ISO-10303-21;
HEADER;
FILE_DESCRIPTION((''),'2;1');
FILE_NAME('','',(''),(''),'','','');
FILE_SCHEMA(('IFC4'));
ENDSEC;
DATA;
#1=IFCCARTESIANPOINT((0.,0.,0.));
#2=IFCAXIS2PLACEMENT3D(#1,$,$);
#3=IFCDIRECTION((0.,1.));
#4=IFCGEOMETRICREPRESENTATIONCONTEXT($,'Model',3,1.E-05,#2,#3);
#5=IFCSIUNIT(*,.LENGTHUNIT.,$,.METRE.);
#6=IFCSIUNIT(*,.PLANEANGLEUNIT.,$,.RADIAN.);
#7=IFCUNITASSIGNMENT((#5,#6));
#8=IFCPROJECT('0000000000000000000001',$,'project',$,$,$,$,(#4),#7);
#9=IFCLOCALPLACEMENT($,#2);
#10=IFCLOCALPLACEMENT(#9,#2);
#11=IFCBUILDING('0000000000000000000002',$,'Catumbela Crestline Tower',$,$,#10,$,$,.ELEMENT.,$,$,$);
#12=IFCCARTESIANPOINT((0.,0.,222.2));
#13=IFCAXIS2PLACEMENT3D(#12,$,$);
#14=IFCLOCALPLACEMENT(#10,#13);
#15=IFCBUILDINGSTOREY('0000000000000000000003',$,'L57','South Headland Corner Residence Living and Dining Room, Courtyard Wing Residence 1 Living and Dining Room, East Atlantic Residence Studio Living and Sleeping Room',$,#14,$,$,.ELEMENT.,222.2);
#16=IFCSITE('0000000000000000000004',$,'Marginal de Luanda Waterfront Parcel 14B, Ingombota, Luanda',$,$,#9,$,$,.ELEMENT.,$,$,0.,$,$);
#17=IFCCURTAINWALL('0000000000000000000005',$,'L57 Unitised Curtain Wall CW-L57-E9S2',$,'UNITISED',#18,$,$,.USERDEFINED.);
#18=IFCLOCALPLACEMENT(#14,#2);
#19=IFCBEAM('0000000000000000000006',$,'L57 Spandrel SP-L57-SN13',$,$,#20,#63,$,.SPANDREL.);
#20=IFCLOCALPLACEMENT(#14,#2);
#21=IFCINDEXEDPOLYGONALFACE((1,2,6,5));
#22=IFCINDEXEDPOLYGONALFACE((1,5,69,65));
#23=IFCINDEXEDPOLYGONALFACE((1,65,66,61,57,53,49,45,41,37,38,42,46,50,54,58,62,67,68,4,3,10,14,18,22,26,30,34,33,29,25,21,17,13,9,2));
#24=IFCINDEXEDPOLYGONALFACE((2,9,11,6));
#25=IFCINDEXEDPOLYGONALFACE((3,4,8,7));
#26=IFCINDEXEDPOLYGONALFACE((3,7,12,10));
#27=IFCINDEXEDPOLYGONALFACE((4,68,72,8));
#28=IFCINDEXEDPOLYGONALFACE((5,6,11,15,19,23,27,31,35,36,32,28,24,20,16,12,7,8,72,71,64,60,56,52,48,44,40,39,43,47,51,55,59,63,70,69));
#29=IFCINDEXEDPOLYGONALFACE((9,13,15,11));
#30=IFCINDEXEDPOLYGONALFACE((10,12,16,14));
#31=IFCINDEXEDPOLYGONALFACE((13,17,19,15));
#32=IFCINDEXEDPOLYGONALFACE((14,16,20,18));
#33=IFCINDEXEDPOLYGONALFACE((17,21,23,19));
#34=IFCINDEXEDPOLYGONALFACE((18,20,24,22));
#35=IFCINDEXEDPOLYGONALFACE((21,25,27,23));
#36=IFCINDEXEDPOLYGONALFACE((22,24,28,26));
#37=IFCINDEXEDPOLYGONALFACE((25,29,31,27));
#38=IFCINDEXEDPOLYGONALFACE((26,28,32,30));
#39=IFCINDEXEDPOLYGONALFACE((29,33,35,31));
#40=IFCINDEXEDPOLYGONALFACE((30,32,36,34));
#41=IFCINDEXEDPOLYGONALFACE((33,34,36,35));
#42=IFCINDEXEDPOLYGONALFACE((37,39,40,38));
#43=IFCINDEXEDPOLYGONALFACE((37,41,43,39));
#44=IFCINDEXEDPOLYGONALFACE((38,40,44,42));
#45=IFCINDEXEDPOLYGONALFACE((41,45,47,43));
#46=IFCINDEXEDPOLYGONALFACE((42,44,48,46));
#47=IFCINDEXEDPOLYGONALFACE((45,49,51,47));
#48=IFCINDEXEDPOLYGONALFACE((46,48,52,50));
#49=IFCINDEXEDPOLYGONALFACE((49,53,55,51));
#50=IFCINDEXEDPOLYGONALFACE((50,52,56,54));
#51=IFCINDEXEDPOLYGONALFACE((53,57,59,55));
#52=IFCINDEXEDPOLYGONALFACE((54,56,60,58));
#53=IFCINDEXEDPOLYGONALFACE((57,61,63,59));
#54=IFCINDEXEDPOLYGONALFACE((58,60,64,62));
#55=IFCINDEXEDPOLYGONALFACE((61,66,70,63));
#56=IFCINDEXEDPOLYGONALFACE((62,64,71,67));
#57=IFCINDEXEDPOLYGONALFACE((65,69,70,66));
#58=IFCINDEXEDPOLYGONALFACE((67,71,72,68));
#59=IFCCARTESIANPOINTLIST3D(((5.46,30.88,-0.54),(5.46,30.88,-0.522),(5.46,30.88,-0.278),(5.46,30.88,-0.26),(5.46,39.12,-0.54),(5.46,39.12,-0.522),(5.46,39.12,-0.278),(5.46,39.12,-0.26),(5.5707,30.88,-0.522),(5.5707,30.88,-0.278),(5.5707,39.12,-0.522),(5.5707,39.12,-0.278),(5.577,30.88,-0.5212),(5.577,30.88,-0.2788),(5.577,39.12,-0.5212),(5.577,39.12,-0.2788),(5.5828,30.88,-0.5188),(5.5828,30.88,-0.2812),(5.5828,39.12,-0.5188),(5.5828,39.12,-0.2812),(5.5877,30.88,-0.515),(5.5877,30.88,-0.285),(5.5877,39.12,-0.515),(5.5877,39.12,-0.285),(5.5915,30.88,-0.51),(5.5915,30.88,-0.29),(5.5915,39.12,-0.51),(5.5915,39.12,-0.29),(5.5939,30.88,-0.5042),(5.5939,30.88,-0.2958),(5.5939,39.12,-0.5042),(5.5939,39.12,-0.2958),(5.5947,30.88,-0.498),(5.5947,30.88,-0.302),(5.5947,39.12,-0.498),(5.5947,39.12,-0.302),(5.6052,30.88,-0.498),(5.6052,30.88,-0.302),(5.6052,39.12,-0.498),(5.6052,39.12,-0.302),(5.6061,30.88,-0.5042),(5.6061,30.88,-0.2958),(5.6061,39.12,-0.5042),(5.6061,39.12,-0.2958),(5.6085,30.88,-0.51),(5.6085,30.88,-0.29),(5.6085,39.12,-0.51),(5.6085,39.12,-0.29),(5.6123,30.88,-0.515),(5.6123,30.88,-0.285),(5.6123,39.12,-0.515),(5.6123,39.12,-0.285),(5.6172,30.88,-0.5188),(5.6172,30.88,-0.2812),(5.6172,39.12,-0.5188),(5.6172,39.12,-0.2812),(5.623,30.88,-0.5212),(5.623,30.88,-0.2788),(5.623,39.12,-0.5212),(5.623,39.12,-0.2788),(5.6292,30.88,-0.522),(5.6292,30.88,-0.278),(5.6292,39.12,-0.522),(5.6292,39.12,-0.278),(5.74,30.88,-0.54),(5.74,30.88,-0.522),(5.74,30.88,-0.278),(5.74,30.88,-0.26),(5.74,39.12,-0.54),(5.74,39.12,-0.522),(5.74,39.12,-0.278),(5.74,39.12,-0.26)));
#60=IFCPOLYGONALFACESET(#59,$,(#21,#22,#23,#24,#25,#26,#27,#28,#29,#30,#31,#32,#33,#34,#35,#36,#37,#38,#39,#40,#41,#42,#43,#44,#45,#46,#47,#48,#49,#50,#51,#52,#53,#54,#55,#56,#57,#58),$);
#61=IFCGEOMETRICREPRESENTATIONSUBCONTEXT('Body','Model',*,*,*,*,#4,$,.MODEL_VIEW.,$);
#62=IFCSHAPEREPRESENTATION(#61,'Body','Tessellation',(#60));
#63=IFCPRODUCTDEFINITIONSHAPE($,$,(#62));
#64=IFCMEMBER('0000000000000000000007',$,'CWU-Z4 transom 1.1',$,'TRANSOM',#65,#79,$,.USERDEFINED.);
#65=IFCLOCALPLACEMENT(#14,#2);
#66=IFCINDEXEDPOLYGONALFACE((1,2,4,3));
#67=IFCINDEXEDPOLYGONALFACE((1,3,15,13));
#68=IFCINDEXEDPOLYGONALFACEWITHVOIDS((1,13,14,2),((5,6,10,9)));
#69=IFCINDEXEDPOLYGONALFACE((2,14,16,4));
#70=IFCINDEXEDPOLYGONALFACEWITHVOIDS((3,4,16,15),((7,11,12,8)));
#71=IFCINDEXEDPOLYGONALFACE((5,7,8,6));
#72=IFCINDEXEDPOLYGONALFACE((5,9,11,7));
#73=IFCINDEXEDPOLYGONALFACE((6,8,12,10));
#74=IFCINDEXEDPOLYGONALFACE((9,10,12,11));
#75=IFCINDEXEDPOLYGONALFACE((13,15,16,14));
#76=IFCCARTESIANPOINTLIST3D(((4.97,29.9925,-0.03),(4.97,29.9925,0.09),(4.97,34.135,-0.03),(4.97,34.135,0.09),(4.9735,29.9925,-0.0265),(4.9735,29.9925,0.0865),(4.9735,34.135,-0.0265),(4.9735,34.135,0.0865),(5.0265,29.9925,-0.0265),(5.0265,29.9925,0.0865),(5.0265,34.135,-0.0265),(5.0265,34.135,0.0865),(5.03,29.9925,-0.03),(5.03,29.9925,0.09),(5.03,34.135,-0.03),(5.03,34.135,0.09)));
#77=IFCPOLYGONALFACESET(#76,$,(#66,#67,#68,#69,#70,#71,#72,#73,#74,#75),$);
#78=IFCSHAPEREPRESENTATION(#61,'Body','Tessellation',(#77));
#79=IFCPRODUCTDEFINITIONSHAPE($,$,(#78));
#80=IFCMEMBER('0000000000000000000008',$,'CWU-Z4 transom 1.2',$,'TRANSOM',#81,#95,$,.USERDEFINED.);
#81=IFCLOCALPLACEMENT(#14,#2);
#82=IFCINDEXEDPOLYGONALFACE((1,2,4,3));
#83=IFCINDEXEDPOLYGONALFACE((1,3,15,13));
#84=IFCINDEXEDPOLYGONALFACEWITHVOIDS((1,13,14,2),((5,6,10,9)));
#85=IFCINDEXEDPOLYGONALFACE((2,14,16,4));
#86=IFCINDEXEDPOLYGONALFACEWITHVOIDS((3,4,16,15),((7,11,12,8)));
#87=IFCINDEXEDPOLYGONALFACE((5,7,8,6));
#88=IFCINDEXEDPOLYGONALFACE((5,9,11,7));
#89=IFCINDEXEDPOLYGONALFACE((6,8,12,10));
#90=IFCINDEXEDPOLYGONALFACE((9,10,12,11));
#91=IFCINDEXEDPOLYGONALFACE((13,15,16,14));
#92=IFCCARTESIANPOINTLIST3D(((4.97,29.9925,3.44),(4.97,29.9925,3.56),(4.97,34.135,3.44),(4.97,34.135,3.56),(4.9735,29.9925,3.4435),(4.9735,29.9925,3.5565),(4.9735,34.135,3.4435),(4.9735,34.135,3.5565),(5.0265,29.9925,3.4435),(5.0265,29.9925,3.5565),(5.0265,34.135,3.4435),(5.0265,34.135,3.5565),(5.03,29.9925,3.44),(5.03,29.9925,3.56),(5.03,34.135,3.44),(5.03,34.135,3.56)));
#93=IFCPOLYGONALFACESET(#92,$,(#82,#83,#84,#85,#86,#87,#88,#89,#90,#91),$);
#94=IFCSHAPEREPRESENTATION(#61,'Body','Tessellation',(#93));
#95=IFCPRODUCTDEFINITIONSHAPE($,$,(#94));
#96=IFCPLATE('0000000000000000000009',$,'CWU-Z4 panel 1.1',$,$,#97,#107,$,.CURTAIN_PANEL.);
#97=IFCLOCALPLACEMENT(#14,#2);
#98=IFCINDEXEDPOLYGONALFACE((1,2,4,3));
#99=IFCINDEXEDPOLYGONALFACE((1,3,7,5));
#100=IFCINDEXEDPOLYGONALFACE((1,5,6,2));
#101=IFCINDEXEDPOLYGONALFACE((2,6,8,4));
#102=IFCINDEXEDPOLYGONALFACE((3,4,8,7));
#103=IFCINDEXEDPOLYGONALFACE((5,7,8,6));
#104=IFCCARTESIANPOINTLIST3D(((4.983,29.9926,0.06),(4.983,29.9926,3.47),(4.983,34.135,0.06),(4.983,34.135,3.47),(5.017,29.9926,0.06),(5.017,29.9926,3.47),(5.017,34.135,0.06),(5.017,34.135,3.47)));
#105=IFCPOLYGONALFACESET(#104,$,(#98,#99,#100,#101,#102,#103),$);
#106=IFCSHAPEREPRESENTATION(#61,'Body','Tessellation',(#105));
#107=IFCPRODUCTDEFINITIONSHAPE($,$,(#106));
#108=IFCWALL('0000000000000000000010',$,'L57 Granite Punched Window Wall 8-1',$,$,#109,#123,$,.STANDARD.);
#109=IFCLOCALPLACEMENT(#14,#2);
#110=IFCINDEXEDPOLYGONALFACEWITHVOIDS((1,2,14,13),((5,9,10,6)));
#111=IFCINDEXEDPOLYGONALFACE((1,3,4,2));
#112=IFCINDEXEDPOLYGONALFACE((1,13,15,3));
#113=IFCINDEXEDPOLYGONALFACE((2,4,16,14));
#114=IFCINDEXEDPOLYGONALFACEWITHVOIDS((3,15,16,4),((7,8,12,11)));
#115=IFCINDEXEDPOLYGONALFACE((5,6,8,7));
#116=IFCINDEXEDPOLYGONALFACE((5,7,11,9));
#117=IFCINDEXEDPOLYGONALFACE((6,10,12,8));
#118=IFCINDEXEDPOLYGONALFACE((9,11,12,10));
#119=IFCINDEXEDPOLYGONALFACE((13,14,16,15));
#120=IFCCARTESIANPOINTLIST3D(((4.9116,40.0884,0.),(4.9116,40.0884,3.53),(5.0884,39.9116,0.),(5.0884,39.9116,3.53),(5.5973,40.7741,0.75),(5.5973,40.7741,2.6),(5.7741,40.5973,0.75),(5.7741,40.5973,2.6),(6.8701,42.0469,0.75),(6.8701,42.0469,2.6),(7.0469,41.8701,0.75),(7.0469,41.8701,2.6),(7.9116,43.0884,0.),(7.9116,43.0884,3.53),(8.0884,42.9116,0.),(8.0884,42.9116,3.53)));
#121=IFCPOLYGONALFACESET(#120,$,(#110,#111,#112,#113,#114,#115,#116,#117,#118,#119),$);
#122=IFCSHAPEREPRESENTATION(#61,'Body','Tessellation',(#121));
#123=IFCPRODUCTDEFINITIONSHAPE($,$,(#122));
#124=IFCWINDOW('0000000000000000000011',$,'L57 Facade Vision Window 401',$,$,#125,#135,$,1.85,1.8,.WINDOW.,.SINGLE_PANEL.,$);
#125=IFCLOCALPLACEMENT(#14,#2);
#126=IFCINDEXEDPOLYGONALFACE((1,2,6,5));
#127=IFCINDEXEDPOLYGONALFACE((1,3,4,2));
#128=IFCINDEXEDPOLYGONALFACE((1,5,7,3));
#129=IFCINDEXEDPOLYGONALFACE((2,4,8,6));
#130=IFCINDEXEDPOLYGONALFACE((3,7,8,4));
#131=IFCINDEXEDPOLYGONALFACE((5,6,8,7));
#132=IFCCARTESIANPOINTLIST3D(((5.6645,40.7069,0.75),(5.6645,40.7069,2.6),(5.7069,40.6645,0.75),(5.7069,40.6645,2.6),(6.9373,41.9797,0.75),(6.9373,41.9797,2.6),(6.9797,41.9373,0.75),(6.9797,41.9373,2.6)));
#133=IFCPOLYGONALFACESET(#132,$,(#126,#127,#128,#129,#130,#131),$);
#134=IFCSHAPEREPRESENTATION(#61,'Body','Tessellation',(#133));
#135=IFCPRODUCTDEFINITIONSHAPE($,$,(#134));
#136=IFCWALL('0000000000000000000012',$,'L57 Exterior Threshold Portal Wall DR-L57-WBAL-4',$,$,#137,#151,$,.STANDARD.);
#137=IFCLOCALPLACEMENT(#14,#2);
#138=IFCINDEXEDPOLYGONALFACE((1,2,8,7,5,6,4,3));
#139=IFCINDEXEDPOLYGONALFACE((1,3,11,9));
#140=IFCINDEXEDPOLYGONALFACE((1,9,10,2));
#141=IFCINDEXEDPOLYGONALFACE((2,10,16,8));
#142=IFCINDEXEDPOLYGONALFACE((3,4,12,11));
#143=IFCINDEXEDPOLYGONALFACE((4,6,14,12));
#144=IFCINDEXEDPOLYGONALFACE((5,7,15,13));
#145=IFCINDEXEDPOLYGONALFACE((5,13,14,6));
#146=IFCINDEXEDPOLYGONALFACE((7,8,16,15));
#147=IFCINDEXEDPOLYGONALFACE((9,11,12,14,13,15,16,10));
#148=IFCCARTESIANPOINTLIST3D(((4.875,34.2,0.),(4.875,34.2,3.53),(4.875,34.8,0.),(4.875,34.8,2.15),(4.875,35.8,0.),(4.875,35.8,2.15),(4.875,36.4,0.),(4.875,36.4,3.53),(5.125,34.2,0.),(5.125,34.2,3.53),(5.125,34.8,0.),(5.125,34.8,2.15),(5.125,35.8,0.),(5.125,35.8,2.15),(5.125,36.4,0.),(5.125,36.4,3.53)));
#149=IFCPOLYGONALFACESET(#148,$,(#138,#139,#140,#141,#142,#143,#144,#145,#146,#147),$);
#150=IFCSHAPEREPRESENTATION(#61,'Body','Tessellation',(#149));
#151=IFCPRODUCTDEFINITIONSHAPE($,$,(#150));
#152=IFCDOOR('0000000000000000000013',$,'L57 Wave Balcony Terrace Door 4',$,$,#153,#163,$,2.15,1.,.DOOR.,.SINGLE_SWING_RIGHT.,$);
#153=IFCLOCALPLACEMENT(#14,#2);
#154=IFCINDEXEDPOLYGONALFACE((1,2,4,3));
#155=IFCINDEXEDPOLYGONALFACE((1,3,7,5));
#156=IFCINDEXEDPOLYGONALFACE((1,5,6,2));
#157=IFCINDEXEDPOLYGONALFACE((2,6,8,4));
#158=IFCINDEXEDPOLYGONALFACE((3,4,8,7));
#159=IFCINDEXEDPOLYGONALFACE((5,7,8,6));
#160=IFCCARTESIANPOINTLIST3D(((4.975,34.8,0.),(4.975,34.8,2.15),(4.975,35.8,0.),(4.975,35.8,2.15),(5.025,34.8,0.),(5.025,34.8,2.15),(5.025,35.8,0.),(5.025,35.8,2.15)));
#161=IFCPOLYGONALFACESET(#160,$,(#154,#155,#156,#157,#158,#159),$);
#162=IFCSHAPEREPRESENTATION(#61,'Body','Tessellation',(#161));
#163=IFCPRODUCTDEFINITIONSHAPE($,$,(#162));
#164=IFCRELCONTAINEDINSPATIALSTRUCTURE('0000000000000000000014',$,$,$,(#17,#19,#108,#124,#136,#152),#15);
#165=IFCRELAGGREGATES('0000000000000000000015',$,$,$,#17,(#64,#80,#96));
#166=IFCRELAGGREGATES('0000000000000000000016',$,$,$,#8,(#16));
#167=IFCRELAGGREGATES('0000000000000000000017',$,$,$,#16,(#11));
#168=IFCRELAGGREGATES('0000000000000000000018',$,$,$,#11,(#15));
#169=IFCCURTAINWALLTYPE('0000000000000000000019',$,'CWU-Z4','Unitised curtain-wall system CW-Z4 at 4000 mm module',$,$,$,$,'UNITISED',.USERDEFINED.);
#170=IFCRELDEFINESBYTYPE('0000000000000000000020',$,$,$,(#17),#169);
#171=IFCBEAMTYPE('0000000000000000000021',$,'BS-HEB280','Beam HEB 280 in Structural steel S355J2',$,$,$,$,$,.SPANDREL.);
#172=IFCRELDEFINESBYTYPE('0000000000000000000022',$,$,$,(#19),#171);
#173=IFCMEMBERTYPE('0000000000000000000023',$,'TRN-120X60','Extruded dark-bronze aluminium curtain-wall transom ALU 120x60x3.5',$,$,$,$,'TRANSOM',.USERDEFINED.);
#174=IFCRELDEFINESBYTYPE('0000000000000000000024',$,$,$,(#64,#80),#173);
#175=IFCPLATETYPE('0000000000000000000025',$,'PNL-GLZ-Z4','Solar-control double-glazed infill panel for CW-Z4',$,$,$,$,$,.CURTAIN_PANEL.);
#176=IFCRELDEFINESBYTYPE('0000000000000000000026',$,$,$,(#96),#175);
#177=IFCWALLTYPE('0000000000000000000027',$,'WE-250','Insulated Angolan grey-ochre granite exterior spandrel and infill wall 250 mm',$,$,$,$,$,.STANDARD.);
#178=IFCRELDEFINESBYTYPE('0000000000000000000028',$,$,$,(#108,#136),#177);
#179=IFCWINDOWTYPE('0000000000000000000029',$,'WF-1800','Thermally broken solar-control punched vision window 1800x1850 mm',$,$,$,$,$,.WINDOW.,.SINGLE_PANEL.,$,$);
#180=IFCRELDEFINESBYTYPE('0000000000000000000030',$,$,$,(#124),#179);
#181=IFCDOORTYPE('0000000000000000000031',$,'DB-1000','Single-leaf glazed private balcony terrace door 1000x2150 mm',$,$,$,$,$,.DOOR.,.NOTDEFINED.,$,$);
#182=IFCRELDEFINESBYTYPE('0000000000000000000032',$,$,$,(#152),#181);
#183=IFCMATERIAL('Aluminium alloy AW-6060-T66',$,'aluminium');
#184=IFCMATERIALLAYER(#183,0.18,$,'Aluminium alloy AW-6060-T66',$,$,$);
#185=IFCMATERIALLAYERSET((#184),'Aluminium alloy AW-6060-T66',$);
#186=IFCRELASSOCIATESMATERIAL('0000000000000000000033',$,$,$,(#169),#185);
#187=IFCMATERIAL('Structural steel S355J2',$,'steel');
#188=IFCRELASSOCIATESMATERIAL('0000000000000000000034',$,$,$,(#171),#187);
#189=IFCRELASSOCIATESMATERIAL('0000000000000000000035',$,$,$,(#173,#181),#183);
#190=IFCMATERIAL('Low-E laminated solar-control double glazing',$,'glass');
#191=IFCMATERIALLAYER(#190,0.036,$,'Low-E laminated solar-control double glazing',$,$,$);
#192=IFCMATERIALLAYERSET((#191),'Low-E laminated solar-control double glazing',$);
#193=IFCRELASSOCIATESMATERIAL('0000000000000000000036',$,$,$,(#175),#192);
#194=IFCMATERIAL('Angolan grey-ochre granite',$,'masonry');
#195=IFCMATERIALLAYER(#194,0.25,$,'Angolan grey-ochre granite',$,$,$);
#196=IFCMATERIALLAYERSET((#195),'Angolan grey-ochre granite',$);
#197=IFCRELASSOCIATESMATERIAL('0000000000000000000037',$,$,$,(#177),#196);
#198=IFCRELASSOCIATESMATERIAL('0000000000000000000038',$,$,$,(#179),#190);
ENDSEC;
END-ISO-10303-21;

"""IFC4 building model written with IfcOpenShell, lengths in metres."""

from ifc_helpers import new_model, si_unit, direction, frame, frame_2d, origin, origin_2d, place, context, subcontext, project, spatial, rectangle, hollow_rectangle, i_section, extrude, material, layer, layer_set, material_profile, profile_set, type_object, element, fill, aggregate, save


model = new_model("IFC4")

# Units and contexts
model_context = context("Model", 3, precision=1e-05, world=origin(), true_north=direction((0.0, 1.0)))
body_context = subcontext(model_context, "Body", "Model", "MODEL_VIEW")
ifc_project = project(units=[si_unit("LENGTHUNIT", "METRE"), si_unit("PLANEANGLEUNIT", "RADIAN")], contexts=[model_context])

# Site, building, storey
site_placement = place(None, origin())
site = spatial("IfcSite", under=ifc_project, at=site_placement, Name="Marginal de Luanda Waterfront Parcel 14B, Ingombota, Luanda", CompositionType="ELEMENT", RefElevation=0.0)
building_placement = place(site_placement, origin())
building = spatial("IfcBuilding", under=site, at=building_placement, Name="Catumbela Crestline Tower", CompositionType="ELEMENT")
storey_placement = place(building_placement, frame((0.0, 0.0, 222.2)))
storey = spatial("IfcBuildingStorey", under=building, at=storey_placement, Name="L57", Description="South Headland Corner Residence Living and Dining Room, Courtyard Wing Residence 1 Living and Dining Room, East Atlantic Residence Studio Living and Sleeping Room", CompositionType="ELEMENT", Elevation=222.2)

# Shared definitions
ifc_material_1 = material(Name="Structural steel S355J2", Category="steel")

# Curtain wall
ifc_material_2 = material(Name="Aluminium alloy AW-6060-T66", Category="aluminium")
ifc_layer_1 = layer(ifc_material_2, 0.18, Name="Aluminium alloy AW-6060-T66")
ifc_layer_set_1 = layer_set([ifc_layer_1], Name="Aluminium alloy AW-6060-T66")
curtain_wall_type = type_object("IfcCurtainWallType", Name="CWU-Z4", Description="Unitised curtain-wall system CW-Z4 at 4000 mm module", ElementType="UNITISED", PredefinedType="USERDEFINED", material=ifc_layer_set_1)
curtain_wall_1_placement = place(storey_placement, origin())
curtain_wall_1 = element("IfcCurtainWall", 1, at=curtain_wall_1_placement, inside=storey, type_object=curtain_wall_type, Name="L57 Unitised Curtain Wall CW-L57-E9S2", ObjectType="UNITISED", PredefinedType="USERDEFINED")

# Beam
ifc_material_profile_1 = material_profile(ifc_material_1, i_section(OverallWidth=0.28, OverallDepth=0.28, WebThickness=0.0105, FlangeThickness=0.018, FilletRadius=0.024, at=origin_2d()), Name="HEB 280")
ifc_profile_set_1 = profile_set([ifc_material_profile_1], Name="Structural steel S355J2")
beam_type = type_object("IfcBeamType", Name="BS-HEB280", Description="Beam HEB 280 in Structural steel S355J2", PredefinedType="SPANDREL", material=ifc_profile_set_1)
beam_1_placement = place(storey_placement, frame((5.6, 30.88, -0.4), z_axis=(0.0, 1.0, 0.0), x_axis=(-1.0, 0.0, 0.0)))
element("IfcBeam", 2, at=beam_1_placement, inside=storey, type_object=beam_type, Name="L57 Spandrel SP-L57-SN13", PredefinedType="SPANDREL", context=body_context, shape_type="SweptSolid", body=[
    extrude(i_section(OverallWidth=0.28, OverallDepth=0.28, WebThickness=0.0105, FlangeThickness=0.018, FilletRadius=0.024, at=origin_2d()), origin(), (0.0, 0.0, 1.0), 8.24),
])

# Members
ifc_material_profile_2 = material_profile(ifc_material_2, hollow_rectangle(XDim=0.06, YDim=0.12, WallThickness=0.0035, at=origin_2d()), Name="ALU 120x60x3.5")
ifc_profile_set_2 = profile_set([ifc_material_profile_2], Name="Aluminium alloy AW-6060-T66")
member_type_1 = type_object("IfcMemberType", Name="TRN-120X60", Description="Extruded dark-bronze aluminium curtain-wall transom ALU 120x60x3.5", ElementType="TRANSOM", PredefinedType="USERDEFINED", material=ifc_profile_set_2)
member_1_placement = place(storey_placement, frame((5.0, 34.135, 0.03), z_axis=(0.0, -1.0, 0.0), x_axis=(1.0, 0.0, 0.0)))
member_1 = element("IfcMember", 3, at=member_1_placement, type_object=member_type_1, Name="CWU-Z4 transom 1.1", ObjectType="TRANSOM", PredefinedType="USERDEFINED", context=body_context, shape_type="SweptSolid", body=[
    extrude(hollow_rectangle(XDim=0.06, YDim=0.12, WallThickness=0.0035, at=origin_2d()), origin(), (0.0, 0.0, 1.0), 4.1425),
])
member_2_placement = place(storey_placement, frame((5.0, 34.135, 3.5), z_axis=(0.0, -1.0, 0.0), x_axis=(1.0, 0.0, 0.0)))
member_2 = element("IfcMember", 4, at=member_2_placement, type_object=member_type_1, Name="CWU-Z4 transom 1.2", ObjectType="TRANSOM", PredefinedType="USERDEFINED", context=body_context, shape_type="SweptSolid", body=[
    extrude(hollow_rectangle(XDim=0.06, YDim=0.12, WallThickness=0.0035, at=origin_2d()), origin(), (0.0, 0.0, 1.0), 4.1425),
])

# Plate
ifc_material_3 = material(Name="Low-E laminated solar-control double glazing", Category="glass")
ifc_layer_2 = layer(ifc_material_3, 0.036, Name="Low-E laminated solar-control double glazing")
ifc_layer_set_2 = layer_set([ifc_layer_2], Name="Low-E laminated solar-control double glazing")
plate_type = type_object("IfcPlateType", Name="PNL-GLZ-Z4", Description="Solar-control double-glazed infill panel for CW-Z4", PredefinedType="CURTAIN_PANEL", material=ifc_layer_set_2)
plate_placement = place(storey_placement, frame((5.0, 32.0638, 0.06), z_axis=(0.0, 0.0, 1.0), x_axis=(0.0, -1.0, 0.0)))
plate = element("IfcPlate", 5, at=plate_placement, type_object=plate_type, Name="CWU-Z4 panel 1.1", PredefinedType="CURTAIN_PANEL", context=body_context, shape_type="SweptSolid", body=[
    extrude(rectangle(XDim=4.1425, YDim=0.034, at=origin_2d()), origin(), (0.0, 0.0, 1.0), 3.41),
])
aggregate(curtain_wall_1, [member_1, member_2, plate])

# Wall, opening, window
ifc_material_4 = material(Name="Angolan grey-ochre granite", Category="masonry")
ifc_layer_3 = layer(ifc_material_4, 0.25, Name="Angolan grey-ochre granite")
ifc_layer_set_3 = layer_set([ifc_layer_3], Name="Angolan grey-ochre granite")
wall_type_1 = type_object("IfcWallType", Name="WE-250", Description="Insulated Angolan grey-ochre granite exterior spandrel and infill wall 250 mm", PredefinedType="STANDARD", material=ifc_layer_set_3)
wall_1_placement = place(storey_placement, frame((8.0, 43.0, 0.0), z_axis=(0.0, 0.0, 1.0), x_axis=(-0.707107, -0.707107, 0.0)))
wall_1 = element("IfcWall", 6, at=wall_1_placement, inside=storey, type_object=wall_type_1, Name="L57 Granite Punched Window Wall 8-1", PredefinedType="STANDARD", context=body_context, shape_type="SweptSolid", body=[
    extrude(rectangle(XDim=4.2426, YDim=0.25, at=frame_2d((2.1213, 0.0))), origin(), (0.0, 0.0, 1.0), 3.53),
])
opening_1_placement = place(wall_1_placement, frame((1.4729, 0.0, 0.75)))
opening_1 = element("IfcOpeningElement", 7, at=opening_1_placement, cuts=wall_1, PredefinedType="OPENING", context=body_context, shape_type="SweptSolid", body=[
    extrude(rectangle(XDim=1.8, YDim=1.85, at=frame_2d((0.9, 0.925))), frame((0.0, 0.135, 0.0), z_axis=(0.0, -1.0, 0.0), x_axis=(1.0, 0.0, 0.0)), (0.0, 0.0, 1.0), 0.27),
])
window_type_1 = type_object("IfcWindowType", Name="WF-1800", Description="Thermally broken solar-control punched vision window 1800x1850 mm", PartitioningType="SINGLE_PANEL", PredefinedType="WINDOW", material=ifc_material_3)
window_1_placement = place(opening_1_placement, origin())
window_1 = element("IfcWindow", 8, at=window_1_placement, inside=storey, type_object=window_type_1, Name="L57 Facade Vision Window 401", OverallHeight=1.85, OverallWidth=1.8, PartitioningType="SINGLE_PANEL", PredefinedType="WINDOW", context=body_context, shape_type="SweptSolid", body=[
    extrude(rectangle(XDim=1.8, YDim=1.85, at=frame_2d((0.9, 0.925))), frame((0.0, 0.03, 0.0), z_axis=(0.0, -1.0, 0.0), x_axis=(1.0, 0.0, 0.0)), (0.0, 0.0, 1.0), 0.06),
])
fill(opening_1, window_1)

# Wall, opening, door
wall_2_placement = place(storey_placement, frame((5.0, 36.4, 0.0), z_axis=(0.0, 0.0, 1.0), x_axis=(0.0, -1.0, 0.0)))
wall_2 = element("IfcWall", 9, at=wall_2_placement, inside=storey, type_object=wall_type_1, Name="L57 Exterior Threshold Portal Wall DR-L57-WBAL-4", PredefinedType="STANDARD", context=body_context, shape_type="SweptSolid", body=[
    extrude(rectangle(XDim=2.2, YDim=0.25, at=frame_2d((1.1, 0.0))), origin(), (0.0, 0.0, 1.0), 3.53),
])
opening_2_placement = place(wall_2_placement, frame((0.6, 0.0, 0.0)))
opening_2 = element("IfcOpeningElement", 10, at=opening_2_placement, cuts=wall_2, PredefinedType="OPENING", context=body_context, shape_type="SweptSolid", body=[
    extrude(rectangle(XDim=1.0, YDim=2.15, at=frame_2d((0.5, 1.075))), frame((0.0, 0.135, 0.0), z_axis=(0.0, -1.0, 0.0), x_axis=(1.0, 0.0, 0.0)), (0.0, 0.0, 1.0), 0.27),
])
door_type_1 = type_object("IfcDoorType", Name="DB-1000", Description="Single-leaf glazed private balcony terrace door 1000x2150 mm", OperationType="NOTDEFINED", PredefinedType="DOOR", material=ifc_material_2)
door_1_placement = place(opening_2_placement, origin())
door_1 = element("IfcDoor", 11, at=door_1_placement, inside=storey, type_object=door_type_1, Name="L57 Wave Balcony Terrace Door 4", OperationType="SINGLE_SWING_RIGHT", OverallHeight=2.15, OverallWidth=1.0, PredefinedType="DOOR", context=body_context, shape_type="SweptSolid", body=[
    extrude(rectangle(XDim=1.0, YDim=2.15, at=frame_2d((0.5, 1.075))), frame((0.0, 0.025, 0.0), z_axis=(0.0, -1.0, 0.0), x_axis=(1.0, 0.0, 0.0)), (0.0, 0.0, 1.0), 0.05),
])
fill(opening_2, door_1)

save(model, "model.ifc")
